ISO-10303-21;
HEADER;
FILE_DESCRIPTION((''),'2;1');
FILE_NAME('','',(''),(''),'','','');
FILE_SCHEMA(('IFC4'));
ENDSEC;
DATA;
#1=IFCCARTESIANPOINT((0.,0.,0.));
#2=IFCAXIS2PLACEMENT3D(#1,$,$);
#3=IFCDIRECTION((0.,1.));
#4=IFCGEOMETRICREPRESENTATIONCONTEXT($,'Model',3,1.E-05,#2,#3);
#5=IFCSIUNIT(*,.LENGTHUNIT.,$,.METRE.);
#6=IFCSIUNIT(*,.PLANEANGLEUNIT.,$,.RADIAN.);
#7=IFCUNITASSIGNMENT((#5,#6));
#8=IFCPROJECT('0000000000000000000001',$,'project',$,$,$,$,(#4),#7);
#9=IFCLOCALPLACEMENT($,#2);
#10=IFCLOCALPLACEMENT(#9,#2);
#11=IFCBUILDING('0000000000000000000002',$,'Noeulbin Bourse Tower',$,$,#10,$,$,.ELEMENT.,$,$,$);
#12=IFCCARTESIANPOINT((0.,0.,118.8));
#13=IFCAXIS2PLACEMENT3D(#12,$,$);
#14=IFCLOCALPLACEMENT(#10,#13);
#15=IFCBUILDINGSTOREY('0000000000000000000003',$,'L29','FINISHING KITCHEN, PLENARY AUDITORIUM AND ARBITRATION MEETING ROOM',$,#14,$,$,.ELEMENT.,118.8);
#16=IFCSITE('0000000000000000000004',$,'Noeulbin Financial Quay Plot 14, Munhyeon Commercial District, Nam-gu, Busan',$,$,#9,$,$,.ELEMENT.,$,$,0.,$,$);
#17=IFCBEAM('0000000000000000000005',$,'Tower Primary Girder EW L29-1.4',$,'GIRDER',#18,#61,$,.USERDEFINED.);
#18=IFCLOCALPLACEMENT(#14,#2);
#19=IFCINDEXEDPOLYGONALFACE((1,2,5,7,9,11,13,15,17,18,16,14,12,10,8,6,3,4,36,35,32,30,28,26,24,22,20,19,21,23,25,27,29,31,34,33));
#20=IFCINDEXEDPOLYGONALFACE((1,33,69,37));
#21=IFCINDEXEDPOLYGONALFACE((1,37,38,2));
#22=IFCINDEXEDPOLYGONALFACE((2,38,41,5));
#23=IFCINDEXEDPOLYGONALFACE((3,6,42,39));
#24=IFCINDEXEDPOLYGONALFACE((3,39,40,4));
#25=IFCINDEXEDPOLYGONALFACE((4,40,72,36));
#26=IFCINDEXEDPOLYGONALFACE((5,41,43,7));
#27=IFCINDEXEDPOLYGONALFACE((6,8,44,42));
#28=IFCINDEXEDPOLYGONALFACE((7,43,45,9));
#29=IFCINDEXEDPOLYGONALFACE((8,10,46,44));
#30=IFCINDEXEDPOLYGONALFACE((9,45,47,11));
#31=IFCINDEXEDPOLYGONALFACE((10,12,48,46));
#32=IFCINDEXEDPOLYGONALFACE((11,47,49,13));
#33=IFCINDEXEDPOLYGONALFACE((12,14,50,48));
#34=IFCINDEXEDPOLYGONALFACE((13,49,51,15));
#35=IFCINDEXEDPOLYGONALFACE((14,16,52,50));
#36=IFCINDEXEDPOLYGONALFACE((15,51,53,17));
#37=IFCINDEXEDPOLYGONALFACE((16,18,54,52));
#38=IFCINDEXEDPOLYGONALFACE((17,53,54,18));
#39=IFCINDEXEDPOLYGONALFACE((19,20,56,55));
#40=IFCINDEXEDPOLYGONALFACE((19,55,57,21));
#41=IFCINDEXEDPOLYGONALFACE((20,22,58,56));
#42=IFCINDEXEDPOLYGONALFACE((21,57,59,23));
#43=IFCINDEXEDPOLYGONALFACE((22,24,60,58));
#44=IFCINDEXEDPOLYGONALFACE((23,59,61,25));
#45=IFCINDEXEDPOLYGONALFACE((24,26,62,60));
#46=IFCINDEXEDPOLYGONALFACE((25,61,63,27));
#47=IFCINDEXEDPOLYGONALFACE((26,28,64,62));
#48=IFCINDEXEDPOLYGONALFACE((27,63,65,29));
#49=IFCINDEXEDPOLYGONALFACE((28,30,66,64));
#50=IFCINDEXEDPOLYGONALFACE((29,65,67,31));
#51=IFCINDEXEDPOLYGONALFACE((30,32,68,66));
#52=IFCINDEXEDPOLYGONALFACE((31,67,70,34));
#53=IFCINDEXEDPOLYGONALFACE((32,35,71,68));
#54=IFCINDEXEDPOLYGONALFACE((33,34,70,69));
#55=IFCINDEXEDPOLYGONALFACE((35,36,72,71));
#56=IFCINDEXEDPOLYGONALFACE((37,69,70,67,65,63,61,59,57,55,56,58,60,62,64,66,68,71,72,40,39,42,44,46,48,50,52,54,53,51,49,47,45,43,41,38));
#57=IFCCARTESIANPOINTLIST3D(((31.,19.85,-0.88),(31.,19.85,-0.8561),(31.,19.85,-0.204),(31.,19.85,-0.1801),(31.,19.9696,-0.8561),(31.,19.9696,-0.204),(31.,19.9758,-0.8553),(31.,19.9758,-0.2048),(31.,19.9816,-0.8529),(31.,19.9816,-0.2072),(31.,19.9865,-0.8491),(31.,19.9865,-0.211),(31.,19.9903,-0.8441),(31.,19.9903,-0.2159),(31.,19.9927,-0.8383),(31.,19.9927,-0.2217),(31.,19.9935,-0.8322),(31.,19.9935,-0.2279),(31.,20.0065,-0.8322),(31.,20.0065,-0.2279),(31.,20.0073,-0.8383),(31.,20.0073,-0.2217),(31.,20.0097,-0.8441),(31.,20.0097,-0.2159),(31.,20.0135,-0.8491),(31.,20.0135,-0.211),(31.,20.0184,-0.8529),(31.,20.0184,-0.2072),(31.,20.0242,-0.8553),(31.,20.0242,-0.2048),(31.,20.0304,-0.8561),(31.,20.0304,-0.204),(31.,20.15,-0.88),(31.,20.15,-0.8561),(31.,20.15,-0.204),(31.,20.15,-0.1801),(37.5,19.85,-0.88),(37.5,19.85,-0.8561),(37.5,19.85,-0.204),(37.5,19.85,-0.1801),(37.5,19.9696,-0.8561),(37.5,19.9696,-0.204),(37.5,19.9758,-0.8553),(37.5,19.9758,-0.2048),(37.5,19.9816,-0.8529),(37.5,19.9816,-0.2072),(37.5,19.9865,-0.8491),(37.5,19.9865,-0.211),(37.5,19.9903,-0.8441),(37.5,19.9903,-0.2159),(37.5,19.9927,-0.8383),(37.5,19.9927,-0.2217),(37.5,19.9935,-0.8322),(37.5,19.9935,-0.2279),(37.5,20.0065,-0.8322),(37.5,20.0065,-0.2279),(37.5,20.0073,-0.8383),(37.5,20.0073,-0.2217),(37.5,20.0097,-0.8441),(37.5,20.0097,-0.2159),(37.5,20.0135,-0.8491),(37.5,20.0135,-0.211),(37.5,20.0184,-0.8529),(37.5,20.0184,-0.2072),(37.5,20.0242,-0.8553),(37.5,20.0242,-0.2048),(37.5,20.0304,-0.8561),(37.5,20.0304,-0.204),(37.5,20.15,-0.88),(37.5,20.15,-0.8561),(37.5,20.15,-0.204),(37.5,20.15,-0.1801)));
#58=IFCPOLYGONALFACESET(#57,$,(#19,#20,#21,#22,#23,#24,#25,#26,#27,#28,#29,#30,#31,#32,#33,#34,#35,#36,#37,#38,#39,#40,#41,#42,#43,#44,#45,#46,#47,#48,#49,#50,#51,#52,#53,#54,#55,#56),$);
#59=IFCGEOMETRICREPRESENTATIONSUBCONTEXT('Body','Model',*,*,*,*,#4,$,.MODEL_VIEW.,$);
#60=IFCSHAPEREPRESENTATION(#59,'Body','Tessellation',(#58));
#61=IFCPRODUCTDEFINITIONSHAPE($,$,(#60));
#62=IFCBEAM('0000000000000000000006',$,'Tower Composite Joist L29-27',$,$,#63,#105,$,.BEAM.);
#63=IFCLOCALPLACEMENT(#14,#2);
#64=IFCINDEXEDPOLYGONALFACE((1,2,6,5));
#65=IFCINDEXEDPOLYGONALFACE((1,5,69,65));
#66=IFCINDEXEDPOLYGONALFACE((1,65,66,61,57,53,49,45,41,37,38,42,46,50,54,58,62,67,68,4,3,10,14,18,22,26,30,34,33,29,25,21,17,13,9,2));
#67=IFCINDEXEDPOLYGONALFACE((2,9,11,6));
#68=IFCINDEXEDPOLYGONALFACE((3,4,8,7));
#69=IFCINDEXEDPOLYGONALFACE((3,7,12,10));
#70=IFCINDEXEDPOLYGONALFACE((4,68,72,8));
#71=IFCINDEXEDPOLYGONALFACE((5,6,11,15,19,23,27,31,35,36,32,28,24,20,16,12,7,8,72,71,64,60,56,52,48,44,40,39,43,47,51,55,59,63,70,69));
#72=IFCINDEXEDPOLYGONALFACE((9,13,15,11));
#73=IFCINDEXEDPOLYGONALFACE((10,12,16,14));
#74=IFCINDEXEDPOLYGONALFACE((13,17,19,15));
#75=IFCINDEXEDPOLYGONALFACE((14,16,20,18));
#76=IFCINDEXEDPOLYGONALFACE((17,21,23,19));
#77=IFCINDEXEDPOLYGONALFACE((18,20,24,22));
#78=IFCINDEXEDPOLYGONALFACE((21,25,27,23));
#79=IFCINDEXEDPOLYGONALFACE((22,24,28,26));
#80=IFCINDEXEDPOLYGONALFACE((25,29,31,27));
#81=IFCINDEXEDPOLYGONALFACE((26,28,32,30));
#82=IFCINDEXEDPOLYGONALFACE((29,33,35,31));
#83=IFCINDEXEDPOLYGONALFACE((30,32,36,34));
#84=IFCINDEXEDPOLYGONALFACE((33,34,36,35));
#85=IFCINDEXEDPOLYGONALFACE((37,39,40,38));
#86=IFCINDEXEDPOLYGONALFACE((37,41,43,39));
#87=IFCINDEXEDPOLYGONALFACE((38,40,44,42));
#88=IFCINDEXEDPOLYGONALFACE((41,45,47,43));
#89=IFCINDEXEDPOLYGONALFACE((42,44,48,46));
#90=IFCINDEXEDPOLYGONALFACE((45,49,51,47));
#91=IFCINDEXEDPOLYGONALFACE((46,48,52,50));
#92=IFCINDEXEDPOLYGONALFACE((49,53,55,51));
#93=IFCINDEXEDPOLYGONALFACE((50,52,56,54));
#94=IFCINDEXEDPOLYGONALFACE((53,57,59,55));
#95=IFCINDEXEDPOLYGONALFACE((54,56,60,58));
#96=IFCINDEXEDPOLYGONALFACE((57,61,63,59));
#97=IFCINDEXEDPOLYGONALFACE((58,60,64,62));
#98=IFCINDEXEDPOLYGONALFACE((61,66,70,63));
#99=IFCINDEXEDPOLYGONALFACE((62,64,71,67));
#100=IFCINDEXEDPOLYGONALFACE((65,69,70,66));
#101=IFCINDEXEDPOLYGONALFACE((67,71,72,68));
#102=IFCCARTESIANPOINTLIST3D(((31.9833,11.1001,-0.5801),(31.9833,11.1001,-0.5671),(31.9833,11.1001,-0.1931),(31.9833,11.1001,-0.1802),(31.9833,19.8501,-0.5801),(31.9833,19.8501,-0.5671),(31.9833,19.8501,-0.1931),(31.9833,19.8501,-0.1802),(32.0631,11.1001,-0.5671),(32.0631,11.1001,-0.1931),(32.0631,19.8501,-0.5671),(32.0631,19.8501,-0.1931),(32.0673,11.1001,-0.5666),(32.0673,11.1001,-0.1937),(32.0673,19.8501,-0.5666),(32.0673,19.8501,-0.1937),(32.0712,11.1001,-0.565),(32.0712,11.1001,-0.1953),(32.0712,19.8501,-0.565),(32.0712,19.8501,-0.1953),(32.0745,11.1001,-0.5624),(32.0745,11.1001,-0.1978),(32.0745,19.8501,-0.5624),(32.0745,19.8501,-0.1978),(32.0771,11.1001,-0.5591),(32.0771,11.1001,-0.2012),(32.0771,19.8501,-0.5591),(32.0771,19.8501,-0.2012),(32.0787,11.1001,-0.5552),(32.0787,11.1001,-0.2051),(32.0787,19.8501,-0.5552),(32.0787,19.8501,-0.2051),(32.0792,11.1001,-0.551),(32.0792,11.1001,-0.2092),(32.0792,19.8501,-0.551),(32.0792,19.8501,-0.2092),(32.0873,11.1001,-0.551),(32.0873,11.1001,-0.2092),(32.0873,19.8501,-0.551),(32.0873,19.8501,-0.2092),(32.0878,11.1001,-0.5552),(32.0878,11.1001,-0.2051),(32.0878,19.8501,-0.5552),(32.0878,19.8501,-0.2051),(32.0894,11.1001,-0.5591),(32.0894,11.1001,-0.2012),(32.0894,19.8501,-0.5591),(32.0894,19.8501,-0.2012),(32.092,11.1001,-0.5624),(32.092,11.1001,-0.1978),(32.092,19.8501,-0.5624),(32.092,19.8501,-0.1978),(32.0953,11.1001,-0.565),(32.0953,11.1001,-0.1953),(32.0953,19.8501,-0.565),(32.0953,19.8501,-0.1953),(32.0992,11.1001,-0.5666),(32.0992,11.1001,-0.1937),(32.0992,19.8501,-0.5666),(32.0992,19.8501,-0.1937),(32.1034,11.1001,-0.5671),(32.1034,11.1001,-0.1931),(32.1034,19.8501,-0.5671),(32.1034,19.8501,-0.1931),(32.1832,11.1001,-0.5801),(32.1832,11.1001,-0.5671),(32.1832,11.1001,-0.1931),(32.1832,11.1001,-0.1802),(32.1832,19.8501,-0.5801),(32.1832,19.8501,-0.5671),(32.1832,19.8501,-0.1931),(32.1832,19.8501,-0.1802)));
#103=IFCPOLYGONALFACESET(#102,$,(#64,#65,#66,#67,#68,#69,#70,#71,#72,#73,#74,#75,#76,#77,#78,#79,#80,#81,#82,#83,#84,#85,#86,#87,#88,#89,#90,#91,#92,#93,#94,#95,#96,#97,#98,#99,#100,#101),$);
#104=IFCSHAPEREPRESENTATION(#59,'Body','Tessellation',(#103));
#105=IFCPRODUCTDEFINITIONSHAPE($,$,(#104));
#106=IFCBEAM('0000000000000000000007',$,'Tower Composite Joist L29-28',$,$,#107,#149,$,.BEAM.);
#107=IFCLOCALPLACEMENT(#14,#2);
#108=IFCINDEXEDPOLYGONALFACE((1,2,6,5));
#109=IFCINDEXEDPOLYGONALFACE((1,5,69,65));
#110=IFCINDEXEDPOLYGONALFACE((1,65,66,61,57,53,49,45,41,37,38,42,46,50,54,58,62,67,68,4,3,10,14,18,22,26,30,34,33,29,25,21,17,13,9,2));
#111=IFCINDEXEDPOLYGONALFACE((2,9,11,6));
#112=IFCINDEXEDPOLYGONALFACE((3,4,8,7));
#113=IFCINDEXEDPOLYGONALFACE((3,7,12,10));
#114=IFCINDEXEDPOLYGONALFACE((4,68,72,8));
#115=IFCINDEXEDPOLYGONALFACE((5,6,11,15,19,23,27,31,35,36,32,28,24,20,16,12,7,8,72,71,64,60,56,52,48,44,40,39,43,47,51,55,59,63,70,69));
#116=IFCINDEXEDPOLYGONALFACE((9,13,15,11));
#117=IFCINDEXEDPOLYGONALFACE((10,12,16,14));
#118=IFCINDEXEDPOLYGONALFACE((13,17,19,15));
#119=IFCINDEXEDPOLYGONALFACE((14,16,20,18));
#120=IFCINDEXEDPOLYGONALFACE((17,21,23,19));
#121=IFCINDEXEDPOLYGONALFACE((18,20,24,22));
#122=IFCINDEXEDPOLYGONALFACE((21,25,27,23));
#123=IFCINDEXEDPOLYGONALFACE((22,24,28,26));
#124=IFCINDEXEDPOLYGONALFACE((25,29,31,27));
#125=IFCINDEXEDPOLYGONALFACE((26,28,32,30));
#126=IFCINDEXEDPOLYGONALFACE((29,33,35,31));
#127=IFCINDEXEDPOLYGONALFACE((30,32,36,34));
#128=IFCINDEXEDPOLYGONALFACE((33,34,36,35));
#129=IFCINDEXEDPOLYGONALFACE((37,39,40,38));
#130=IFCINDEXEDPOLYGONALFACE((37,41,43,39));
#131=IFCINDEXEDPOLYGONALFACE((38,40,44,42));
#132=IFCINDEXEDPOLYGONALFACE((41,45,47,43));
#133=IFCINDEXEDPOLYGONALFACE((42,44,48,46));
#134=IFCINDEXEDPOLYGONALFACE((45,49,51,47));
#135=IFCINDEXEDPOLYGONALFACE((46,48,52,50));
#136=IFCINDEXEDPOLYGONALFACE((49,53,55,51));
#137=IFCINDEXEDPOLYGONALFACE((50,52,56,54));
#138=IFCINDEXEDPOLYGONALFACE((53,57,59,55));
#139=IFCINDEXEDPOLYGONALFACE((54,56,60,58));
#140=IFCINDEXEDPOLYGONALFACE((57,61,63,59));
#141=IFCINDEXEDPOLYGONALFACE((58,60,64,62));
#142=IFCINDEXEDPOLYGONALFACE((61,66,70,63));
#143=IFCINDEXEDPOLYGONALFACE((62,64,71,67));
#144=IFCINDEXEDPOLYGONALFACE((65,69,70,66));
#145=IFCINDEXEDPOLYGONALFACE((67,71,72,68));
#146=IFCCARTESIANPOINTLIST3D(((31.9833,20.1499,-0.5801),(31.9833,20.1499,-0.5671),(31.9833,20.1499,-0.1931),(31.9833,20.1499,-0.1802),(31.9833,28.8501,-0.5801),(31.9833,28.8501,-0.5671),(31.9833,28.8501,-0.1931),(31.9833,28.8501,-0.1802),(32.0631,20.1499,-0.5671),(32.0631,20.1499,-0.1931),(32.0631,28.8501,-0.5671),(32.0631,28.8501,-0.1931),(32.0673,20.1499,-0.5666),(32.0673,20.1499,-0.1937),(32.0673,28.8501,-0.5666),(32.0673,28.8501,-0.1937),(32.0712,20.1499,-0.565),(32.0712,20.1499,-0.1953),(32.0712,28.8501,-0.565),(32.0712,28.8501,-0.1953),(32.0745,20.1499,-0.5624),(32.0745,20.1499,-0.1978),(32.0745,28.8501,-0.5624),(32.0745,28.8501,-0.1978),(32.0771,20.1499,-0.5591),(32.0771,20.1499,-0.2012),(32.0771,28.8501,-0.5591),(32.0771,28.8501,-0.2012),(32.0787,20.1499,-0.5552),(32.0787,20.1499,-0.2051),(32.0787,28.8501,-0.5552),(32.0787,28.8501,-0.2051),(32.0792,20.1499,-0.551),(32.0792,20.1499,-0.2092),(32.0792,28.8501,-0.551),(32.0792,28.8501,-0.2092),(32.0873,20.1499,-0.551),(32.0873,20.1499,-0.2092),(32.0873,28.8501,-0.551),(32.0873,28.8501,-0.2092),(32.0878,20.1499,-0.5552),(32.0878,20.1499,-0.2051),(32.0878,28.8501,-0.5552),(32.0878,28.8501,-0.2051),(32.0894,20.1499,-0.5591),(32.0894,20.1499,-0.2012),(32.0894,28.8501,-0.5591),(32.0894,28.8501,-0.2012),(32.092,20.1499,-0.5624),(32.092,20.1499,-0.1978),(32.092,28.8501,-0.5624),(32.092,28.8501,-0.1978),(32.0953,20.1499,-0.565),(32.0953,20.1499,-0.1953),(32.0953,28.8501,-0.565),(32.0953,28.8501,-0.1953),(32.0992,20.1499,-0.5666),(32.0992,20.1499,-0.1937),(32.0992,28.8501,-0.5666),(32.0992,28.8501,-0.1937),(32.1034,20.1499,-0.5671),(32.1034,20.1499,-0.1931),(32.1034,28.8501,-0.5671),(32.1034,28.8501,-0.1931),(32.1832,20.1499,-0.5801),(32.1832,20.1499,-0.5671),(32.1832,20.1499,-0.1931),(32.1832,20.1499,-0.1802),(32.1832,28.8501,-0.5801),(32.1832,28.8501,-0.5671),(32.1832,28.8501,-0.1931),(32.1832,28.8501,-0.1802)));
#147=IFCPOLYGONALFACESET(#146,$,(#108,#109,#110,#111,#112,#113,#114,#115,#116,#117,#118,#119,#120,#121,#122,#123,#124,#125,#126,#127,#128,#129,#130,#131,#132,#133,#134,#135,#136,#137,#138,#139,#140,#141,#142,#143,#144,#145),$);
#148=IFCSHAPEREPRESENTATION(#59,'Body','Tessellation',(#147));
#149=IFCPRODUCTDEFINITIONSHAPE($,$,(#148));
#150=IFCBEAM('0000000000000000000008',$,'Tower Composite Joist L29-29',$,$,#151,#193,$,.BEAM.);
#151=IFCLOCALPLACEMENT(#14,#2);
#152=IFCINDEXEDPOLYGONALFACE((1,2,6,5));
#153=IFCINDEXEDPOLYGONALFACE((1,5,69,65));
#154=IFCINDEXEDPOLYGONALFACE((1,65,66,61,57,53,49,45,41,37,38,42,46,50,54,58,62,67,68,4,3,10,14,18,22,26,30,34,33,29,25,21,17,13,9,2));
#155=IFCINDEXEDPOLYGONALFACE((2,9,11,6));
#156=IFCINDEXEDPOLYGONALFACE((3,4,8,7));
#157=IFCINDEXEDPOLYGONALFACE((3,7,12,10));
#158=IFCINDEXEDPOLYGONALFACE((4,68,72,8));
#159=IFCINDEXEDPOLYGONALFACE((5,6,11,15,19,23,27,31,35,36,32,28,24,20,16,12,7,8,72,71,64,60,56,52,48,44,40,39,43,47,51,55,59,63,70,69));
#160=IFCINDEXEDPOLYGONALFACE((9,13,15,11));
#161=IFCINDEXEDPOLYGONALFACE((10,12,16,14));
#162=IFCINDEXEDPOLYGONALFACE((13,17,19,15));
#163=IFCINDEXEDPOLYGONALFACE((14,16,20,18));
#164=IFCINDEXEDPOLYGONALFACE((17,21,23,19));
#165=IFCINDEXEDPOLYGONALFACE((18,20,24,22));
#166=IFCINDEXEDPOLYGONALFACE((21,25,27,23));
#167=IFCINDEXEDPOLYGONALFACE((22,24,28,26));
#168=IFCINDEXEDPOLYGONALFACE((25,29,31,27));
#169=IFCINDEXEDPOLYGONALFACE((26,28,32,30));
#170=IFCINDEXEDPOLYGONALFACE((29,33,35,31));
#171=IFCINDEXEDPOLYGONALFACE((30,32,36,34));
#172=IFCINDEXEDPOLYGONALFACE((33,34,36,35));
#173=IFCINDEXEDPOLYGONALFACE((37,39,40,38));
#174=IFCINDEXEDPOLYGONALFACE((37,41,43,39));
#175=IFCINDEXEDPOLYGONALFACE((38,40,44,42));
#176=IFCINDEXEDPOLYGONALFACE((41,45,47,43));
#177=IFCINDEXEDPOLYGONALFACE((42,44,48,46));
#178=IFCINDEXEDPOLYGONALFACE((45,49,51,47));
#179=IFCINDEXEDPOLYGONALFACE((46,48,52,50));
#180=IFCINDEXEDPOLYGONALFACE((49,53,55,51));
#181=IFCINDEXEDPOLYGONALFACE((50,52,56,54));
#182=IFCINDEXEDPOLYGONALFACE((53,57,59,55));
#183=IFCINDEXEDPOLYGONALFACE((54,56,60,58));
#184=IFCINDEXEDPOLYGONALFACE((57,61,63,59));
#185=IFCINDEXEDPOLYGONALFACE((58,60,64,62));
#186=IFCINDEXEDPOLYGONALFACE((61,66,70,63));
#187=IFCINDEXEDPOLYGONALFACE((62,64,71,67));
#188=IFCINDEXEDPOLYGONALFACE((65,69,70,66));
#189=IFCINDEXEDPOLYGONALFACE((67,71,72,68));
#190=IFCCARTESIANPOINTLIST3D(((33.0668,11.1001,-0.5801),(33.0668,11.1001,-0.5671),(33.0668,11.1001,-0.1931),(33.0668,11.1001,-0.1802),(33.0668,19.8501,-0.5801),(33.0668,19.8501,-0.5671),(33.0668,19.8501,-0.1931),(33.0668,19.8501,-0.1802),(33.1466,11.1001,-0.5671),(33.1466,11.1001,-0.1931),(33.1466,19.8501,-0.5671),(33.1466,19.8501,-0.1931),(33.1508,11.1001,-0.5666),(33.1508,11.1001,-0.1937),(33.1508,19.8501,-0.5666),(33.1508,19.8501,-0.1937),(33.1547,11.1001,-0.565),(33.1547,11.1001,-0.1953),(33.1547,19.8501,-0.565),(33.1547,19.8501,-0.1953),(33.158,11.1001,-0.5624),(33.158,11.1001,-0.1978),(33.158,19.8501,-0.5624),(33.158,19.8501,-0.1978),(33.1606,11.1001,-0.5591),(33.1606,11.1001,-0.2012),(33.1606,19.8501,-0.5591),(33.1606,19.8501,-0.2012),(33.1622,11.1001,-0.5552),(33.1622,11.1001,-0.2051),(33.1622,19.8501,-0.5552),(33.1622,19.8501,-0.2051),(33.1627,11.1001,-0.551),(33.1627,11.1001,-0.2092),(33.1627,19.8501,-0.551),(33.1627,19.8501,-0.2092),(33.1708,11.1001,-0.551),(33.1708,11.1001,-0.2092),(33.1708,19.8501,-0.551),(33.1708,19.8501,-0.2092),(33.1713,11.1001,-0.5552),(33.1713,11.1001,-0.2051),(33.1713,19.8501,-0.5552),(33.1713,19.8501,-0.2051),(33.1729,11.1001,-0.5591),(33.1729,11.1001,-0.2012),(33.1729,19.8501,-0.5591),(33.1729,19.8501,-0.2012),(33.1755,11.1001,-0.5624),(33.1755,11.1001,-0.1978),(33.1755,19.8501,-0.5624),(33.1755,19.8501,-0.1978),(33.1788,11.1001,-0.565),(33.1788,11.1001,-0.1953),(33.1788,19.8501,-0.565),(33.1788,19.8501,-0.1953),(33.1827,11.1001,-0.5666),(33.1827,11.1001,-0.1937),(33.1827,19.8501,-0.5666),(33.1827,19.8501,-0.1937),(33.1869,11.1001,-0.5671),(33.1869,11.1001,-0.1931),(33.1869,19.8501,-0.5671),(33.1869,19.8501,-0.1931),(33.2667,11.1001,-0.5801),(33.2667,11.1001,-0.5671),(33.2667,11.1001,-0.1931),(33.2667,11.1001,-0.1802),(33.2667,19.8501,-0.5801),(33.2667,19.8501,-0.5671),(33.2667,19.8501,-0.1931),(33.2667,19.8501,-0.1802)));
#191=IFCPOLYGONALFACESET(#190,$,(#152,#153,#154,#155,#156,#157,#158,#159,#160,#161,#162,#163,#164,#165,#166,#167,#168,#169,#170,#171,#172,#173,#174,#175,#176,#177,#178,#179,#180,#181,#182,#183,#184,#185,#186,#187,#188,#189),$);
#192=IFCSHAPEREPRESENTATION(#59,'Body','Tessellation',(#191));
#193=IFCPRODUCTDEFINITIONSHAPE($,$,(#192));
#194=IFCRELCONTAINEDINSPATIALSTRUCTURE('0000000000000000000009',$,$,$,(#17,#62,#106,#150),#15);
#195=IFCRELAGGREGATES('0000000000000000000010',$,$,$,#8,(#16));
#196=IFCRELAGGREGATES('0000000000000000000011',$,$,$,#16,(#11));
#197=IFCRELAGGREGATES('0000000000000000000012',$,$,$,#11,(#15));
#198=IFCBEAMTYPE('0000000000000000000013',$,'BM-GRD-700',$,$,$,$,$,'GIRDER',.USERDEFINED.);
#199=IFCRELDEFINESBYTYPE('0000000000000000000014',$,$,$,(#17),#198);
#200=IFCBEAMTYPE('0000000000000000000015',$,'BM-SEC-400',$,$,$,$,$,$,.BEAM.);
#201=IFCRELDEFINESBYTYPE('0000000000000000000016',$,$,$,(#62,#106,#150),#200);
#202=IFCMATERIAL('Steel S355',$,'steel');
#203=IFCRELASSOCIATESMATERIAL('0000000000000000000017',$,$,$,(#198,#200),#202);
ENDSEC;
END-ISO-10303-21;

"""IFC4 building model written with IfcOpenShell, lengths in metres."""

from ifc_helpers import new_model, si_unit, direction, frame, origin, origin_2d, place, context, subcontext, project, spatial, i_section, extrude, material, material_profile, profile_set, type_object, element, save


model = new_model("IFC4")

# Units and contexts
model_context = context("Model", 3, precision=1e-05, world=origin(), true_north=direction((0.0, 1.0)))
body_context = subcontext(model_context, "Body", "Model", "MODEL_VIEW")
ifc_project = project(units=[si_unit("LENGTHUNIT", "METRE"), si_unit("PLANEANGLEUNIT", "RADIAN")], contexts=[model_context])

# Site, building, storey
site_placement = place(None, origin())
site = spatial("IfcSite", under=ifc_project, at=site_placement, Name="Noeulbin Financial Quay Plot 14, Munhyeon Commercial District, Nam-gu, Busan", CompositionType="ELEMENT", RefElevation=0.0)
building_placement = place(site_placement, origin())
building = spatial("IfcBuilding", under=site, at=building_placement, Name="Noeulbin Bourse Tower", CompositionType="ELEMENT")
storey_placement = place(building_placement, frame((0.0, 0.0, 118.8)))
storey = spatial("IfcBuildingStorey", under=building, at=storey_placement, Name="L29", Description="FINISHING KITCHEN, PLENARY AUDITORIUM AND ARBITRATION MEETING ROOM", CompositionType="ELEMENT", Elevation=118.8)

# Shared definitions
ifc_material_1 = material(Name="Steel S355", Category="steel")

# Beams
ifc_material_profile_1 = material_profile(ifc_material_1, i_section(OverallWidth=0.3, OverallDepth=0.7, WebThickness=0.0129, FlangeThickness=0.0239, FilletRadius=0.0239, at=origin_2d()), Name="H-700x300x13x24", Category="LoadBearing")
ifc_profile_set_1 = profile_set([ifc_material_profile_1], Name="Steel S355")
beam_type_1 = type_object("IfcBeamType", Name="BM-GRD-700", ElementType="GIRDER", PredefinedType="USERDEFINED", material=ifc_profile_set_1)
beam_1_placement = place(storey_placement, frame((31.0, 20.0, -0.53), z_axis=(1.0, 0.0, 0.0), x_axis=(0.0, 1.0, 0.0)))
element("IfcBeam", 1, at=beam_1_placement, inside=storey, type_object=beam_type_1, Name="Tower Primary Girder EW L29-1.4", ObjectType="GIRDER", PredefinedType="USERDEFINED", context=body_context, shape_type="SweptSolid", body=[
    extrude(i_section(OverallWidth=0.3, OverallDepth=0.7, WebThickness=0.0129, FlangeThickness=0.0239, FilletRadius=0.0239, at=origin_2d()), origin(), (0.0, 0.0, 1.0), 6.5),
])
ifc_material_profile_2 = material_profile(ifc_material_1, i_section(OverallWidth=0.2, OverallDepth=0.3999, WebThickness=0.0081, FlangeThickness=0.0129, FilletRadius=0.0161, at=origin_2d()), Name="H-400x200x8x13", Category="LoadBearing")
ifc_profile_set_2 = profile_set([ifc_material_profile_2], Name="Steel S355")
beam_type_2 = type_object("IfcBeamType", Name="BM-SEC-400", PredefinedType="BEAM", material=ifc_profile_set_2)
beam_2_placement = place(storey_placement, frame((32.0833, 11.1001, -0.3801), z_axis=(0.0, 1.0, 0.0), x_axis=(-1.0, 0.0, 0.0)))
element("IfcBeam", 2, at=beam_2_placement, inside=storey, type_object=beam_type_2, Name="Tower Composite Joist L29-27", PredefinedType="BEAM", context=body_context, shape_type="SweptSolid", body=[
    extrude(i_section(OverallWidth=0.2, OverallDepth=0.3999, WebThickness=0.0081, FlangeThickness=0.0129, FilletRadius=0.0161, at=origin_2d()), origin(), (0.0, 0.0, 1.0), 8.75),
])
beam_3_placement = place(storey_placement, frame((32.0833, 20.1499, -0.3801), z_axis=(0.0, 1.0, 0.0), x_axis=(-1.0, 0.0, 0.0)))
element("IfcBeam", 3, at=beam_3_placement, inside=storey, type_object=beam_type_2, Name="Tower Composite Joist L29-28", PredefinedType="BEAM", context=body_context, shape_type="SweptSolid", body=[
    extrude(i_section(OverallWidth=0.2, OverallDepth=0.3999, WebThickness=0.0081, FlangeThickness=0.0129, FilletRadius=0.0161, at=origin_2d()), origin(), (0.0, 0.0, 1.0), 8.7002),
])
beam_4_placement = place(storey_placement, frame((33.1667, 11.1001, -0.3801), z_axis=(0.0, 1.0, 0.0), x_axis=(-1.0, 0.0, 0.0)))
element("IfcBeam", 4, at=beam_4_placement, inside=storey, type_object=beam_type_2, Name="Tower Composite Joist L29-29", PredefinedType="BEAM", context=body_context, shape_type="SweptSolid", body=[
    extrude(i_section(OverallWidth=0.2, OverallDepth=0.3999, WebThickness=0.0081, FlangeThickness=0.0129, FilletRadius=0.0161, at=origin_2d()), origin(), (0.0, 0.0, 1.0), 8.75),
])

save(model, "model.ifc")
